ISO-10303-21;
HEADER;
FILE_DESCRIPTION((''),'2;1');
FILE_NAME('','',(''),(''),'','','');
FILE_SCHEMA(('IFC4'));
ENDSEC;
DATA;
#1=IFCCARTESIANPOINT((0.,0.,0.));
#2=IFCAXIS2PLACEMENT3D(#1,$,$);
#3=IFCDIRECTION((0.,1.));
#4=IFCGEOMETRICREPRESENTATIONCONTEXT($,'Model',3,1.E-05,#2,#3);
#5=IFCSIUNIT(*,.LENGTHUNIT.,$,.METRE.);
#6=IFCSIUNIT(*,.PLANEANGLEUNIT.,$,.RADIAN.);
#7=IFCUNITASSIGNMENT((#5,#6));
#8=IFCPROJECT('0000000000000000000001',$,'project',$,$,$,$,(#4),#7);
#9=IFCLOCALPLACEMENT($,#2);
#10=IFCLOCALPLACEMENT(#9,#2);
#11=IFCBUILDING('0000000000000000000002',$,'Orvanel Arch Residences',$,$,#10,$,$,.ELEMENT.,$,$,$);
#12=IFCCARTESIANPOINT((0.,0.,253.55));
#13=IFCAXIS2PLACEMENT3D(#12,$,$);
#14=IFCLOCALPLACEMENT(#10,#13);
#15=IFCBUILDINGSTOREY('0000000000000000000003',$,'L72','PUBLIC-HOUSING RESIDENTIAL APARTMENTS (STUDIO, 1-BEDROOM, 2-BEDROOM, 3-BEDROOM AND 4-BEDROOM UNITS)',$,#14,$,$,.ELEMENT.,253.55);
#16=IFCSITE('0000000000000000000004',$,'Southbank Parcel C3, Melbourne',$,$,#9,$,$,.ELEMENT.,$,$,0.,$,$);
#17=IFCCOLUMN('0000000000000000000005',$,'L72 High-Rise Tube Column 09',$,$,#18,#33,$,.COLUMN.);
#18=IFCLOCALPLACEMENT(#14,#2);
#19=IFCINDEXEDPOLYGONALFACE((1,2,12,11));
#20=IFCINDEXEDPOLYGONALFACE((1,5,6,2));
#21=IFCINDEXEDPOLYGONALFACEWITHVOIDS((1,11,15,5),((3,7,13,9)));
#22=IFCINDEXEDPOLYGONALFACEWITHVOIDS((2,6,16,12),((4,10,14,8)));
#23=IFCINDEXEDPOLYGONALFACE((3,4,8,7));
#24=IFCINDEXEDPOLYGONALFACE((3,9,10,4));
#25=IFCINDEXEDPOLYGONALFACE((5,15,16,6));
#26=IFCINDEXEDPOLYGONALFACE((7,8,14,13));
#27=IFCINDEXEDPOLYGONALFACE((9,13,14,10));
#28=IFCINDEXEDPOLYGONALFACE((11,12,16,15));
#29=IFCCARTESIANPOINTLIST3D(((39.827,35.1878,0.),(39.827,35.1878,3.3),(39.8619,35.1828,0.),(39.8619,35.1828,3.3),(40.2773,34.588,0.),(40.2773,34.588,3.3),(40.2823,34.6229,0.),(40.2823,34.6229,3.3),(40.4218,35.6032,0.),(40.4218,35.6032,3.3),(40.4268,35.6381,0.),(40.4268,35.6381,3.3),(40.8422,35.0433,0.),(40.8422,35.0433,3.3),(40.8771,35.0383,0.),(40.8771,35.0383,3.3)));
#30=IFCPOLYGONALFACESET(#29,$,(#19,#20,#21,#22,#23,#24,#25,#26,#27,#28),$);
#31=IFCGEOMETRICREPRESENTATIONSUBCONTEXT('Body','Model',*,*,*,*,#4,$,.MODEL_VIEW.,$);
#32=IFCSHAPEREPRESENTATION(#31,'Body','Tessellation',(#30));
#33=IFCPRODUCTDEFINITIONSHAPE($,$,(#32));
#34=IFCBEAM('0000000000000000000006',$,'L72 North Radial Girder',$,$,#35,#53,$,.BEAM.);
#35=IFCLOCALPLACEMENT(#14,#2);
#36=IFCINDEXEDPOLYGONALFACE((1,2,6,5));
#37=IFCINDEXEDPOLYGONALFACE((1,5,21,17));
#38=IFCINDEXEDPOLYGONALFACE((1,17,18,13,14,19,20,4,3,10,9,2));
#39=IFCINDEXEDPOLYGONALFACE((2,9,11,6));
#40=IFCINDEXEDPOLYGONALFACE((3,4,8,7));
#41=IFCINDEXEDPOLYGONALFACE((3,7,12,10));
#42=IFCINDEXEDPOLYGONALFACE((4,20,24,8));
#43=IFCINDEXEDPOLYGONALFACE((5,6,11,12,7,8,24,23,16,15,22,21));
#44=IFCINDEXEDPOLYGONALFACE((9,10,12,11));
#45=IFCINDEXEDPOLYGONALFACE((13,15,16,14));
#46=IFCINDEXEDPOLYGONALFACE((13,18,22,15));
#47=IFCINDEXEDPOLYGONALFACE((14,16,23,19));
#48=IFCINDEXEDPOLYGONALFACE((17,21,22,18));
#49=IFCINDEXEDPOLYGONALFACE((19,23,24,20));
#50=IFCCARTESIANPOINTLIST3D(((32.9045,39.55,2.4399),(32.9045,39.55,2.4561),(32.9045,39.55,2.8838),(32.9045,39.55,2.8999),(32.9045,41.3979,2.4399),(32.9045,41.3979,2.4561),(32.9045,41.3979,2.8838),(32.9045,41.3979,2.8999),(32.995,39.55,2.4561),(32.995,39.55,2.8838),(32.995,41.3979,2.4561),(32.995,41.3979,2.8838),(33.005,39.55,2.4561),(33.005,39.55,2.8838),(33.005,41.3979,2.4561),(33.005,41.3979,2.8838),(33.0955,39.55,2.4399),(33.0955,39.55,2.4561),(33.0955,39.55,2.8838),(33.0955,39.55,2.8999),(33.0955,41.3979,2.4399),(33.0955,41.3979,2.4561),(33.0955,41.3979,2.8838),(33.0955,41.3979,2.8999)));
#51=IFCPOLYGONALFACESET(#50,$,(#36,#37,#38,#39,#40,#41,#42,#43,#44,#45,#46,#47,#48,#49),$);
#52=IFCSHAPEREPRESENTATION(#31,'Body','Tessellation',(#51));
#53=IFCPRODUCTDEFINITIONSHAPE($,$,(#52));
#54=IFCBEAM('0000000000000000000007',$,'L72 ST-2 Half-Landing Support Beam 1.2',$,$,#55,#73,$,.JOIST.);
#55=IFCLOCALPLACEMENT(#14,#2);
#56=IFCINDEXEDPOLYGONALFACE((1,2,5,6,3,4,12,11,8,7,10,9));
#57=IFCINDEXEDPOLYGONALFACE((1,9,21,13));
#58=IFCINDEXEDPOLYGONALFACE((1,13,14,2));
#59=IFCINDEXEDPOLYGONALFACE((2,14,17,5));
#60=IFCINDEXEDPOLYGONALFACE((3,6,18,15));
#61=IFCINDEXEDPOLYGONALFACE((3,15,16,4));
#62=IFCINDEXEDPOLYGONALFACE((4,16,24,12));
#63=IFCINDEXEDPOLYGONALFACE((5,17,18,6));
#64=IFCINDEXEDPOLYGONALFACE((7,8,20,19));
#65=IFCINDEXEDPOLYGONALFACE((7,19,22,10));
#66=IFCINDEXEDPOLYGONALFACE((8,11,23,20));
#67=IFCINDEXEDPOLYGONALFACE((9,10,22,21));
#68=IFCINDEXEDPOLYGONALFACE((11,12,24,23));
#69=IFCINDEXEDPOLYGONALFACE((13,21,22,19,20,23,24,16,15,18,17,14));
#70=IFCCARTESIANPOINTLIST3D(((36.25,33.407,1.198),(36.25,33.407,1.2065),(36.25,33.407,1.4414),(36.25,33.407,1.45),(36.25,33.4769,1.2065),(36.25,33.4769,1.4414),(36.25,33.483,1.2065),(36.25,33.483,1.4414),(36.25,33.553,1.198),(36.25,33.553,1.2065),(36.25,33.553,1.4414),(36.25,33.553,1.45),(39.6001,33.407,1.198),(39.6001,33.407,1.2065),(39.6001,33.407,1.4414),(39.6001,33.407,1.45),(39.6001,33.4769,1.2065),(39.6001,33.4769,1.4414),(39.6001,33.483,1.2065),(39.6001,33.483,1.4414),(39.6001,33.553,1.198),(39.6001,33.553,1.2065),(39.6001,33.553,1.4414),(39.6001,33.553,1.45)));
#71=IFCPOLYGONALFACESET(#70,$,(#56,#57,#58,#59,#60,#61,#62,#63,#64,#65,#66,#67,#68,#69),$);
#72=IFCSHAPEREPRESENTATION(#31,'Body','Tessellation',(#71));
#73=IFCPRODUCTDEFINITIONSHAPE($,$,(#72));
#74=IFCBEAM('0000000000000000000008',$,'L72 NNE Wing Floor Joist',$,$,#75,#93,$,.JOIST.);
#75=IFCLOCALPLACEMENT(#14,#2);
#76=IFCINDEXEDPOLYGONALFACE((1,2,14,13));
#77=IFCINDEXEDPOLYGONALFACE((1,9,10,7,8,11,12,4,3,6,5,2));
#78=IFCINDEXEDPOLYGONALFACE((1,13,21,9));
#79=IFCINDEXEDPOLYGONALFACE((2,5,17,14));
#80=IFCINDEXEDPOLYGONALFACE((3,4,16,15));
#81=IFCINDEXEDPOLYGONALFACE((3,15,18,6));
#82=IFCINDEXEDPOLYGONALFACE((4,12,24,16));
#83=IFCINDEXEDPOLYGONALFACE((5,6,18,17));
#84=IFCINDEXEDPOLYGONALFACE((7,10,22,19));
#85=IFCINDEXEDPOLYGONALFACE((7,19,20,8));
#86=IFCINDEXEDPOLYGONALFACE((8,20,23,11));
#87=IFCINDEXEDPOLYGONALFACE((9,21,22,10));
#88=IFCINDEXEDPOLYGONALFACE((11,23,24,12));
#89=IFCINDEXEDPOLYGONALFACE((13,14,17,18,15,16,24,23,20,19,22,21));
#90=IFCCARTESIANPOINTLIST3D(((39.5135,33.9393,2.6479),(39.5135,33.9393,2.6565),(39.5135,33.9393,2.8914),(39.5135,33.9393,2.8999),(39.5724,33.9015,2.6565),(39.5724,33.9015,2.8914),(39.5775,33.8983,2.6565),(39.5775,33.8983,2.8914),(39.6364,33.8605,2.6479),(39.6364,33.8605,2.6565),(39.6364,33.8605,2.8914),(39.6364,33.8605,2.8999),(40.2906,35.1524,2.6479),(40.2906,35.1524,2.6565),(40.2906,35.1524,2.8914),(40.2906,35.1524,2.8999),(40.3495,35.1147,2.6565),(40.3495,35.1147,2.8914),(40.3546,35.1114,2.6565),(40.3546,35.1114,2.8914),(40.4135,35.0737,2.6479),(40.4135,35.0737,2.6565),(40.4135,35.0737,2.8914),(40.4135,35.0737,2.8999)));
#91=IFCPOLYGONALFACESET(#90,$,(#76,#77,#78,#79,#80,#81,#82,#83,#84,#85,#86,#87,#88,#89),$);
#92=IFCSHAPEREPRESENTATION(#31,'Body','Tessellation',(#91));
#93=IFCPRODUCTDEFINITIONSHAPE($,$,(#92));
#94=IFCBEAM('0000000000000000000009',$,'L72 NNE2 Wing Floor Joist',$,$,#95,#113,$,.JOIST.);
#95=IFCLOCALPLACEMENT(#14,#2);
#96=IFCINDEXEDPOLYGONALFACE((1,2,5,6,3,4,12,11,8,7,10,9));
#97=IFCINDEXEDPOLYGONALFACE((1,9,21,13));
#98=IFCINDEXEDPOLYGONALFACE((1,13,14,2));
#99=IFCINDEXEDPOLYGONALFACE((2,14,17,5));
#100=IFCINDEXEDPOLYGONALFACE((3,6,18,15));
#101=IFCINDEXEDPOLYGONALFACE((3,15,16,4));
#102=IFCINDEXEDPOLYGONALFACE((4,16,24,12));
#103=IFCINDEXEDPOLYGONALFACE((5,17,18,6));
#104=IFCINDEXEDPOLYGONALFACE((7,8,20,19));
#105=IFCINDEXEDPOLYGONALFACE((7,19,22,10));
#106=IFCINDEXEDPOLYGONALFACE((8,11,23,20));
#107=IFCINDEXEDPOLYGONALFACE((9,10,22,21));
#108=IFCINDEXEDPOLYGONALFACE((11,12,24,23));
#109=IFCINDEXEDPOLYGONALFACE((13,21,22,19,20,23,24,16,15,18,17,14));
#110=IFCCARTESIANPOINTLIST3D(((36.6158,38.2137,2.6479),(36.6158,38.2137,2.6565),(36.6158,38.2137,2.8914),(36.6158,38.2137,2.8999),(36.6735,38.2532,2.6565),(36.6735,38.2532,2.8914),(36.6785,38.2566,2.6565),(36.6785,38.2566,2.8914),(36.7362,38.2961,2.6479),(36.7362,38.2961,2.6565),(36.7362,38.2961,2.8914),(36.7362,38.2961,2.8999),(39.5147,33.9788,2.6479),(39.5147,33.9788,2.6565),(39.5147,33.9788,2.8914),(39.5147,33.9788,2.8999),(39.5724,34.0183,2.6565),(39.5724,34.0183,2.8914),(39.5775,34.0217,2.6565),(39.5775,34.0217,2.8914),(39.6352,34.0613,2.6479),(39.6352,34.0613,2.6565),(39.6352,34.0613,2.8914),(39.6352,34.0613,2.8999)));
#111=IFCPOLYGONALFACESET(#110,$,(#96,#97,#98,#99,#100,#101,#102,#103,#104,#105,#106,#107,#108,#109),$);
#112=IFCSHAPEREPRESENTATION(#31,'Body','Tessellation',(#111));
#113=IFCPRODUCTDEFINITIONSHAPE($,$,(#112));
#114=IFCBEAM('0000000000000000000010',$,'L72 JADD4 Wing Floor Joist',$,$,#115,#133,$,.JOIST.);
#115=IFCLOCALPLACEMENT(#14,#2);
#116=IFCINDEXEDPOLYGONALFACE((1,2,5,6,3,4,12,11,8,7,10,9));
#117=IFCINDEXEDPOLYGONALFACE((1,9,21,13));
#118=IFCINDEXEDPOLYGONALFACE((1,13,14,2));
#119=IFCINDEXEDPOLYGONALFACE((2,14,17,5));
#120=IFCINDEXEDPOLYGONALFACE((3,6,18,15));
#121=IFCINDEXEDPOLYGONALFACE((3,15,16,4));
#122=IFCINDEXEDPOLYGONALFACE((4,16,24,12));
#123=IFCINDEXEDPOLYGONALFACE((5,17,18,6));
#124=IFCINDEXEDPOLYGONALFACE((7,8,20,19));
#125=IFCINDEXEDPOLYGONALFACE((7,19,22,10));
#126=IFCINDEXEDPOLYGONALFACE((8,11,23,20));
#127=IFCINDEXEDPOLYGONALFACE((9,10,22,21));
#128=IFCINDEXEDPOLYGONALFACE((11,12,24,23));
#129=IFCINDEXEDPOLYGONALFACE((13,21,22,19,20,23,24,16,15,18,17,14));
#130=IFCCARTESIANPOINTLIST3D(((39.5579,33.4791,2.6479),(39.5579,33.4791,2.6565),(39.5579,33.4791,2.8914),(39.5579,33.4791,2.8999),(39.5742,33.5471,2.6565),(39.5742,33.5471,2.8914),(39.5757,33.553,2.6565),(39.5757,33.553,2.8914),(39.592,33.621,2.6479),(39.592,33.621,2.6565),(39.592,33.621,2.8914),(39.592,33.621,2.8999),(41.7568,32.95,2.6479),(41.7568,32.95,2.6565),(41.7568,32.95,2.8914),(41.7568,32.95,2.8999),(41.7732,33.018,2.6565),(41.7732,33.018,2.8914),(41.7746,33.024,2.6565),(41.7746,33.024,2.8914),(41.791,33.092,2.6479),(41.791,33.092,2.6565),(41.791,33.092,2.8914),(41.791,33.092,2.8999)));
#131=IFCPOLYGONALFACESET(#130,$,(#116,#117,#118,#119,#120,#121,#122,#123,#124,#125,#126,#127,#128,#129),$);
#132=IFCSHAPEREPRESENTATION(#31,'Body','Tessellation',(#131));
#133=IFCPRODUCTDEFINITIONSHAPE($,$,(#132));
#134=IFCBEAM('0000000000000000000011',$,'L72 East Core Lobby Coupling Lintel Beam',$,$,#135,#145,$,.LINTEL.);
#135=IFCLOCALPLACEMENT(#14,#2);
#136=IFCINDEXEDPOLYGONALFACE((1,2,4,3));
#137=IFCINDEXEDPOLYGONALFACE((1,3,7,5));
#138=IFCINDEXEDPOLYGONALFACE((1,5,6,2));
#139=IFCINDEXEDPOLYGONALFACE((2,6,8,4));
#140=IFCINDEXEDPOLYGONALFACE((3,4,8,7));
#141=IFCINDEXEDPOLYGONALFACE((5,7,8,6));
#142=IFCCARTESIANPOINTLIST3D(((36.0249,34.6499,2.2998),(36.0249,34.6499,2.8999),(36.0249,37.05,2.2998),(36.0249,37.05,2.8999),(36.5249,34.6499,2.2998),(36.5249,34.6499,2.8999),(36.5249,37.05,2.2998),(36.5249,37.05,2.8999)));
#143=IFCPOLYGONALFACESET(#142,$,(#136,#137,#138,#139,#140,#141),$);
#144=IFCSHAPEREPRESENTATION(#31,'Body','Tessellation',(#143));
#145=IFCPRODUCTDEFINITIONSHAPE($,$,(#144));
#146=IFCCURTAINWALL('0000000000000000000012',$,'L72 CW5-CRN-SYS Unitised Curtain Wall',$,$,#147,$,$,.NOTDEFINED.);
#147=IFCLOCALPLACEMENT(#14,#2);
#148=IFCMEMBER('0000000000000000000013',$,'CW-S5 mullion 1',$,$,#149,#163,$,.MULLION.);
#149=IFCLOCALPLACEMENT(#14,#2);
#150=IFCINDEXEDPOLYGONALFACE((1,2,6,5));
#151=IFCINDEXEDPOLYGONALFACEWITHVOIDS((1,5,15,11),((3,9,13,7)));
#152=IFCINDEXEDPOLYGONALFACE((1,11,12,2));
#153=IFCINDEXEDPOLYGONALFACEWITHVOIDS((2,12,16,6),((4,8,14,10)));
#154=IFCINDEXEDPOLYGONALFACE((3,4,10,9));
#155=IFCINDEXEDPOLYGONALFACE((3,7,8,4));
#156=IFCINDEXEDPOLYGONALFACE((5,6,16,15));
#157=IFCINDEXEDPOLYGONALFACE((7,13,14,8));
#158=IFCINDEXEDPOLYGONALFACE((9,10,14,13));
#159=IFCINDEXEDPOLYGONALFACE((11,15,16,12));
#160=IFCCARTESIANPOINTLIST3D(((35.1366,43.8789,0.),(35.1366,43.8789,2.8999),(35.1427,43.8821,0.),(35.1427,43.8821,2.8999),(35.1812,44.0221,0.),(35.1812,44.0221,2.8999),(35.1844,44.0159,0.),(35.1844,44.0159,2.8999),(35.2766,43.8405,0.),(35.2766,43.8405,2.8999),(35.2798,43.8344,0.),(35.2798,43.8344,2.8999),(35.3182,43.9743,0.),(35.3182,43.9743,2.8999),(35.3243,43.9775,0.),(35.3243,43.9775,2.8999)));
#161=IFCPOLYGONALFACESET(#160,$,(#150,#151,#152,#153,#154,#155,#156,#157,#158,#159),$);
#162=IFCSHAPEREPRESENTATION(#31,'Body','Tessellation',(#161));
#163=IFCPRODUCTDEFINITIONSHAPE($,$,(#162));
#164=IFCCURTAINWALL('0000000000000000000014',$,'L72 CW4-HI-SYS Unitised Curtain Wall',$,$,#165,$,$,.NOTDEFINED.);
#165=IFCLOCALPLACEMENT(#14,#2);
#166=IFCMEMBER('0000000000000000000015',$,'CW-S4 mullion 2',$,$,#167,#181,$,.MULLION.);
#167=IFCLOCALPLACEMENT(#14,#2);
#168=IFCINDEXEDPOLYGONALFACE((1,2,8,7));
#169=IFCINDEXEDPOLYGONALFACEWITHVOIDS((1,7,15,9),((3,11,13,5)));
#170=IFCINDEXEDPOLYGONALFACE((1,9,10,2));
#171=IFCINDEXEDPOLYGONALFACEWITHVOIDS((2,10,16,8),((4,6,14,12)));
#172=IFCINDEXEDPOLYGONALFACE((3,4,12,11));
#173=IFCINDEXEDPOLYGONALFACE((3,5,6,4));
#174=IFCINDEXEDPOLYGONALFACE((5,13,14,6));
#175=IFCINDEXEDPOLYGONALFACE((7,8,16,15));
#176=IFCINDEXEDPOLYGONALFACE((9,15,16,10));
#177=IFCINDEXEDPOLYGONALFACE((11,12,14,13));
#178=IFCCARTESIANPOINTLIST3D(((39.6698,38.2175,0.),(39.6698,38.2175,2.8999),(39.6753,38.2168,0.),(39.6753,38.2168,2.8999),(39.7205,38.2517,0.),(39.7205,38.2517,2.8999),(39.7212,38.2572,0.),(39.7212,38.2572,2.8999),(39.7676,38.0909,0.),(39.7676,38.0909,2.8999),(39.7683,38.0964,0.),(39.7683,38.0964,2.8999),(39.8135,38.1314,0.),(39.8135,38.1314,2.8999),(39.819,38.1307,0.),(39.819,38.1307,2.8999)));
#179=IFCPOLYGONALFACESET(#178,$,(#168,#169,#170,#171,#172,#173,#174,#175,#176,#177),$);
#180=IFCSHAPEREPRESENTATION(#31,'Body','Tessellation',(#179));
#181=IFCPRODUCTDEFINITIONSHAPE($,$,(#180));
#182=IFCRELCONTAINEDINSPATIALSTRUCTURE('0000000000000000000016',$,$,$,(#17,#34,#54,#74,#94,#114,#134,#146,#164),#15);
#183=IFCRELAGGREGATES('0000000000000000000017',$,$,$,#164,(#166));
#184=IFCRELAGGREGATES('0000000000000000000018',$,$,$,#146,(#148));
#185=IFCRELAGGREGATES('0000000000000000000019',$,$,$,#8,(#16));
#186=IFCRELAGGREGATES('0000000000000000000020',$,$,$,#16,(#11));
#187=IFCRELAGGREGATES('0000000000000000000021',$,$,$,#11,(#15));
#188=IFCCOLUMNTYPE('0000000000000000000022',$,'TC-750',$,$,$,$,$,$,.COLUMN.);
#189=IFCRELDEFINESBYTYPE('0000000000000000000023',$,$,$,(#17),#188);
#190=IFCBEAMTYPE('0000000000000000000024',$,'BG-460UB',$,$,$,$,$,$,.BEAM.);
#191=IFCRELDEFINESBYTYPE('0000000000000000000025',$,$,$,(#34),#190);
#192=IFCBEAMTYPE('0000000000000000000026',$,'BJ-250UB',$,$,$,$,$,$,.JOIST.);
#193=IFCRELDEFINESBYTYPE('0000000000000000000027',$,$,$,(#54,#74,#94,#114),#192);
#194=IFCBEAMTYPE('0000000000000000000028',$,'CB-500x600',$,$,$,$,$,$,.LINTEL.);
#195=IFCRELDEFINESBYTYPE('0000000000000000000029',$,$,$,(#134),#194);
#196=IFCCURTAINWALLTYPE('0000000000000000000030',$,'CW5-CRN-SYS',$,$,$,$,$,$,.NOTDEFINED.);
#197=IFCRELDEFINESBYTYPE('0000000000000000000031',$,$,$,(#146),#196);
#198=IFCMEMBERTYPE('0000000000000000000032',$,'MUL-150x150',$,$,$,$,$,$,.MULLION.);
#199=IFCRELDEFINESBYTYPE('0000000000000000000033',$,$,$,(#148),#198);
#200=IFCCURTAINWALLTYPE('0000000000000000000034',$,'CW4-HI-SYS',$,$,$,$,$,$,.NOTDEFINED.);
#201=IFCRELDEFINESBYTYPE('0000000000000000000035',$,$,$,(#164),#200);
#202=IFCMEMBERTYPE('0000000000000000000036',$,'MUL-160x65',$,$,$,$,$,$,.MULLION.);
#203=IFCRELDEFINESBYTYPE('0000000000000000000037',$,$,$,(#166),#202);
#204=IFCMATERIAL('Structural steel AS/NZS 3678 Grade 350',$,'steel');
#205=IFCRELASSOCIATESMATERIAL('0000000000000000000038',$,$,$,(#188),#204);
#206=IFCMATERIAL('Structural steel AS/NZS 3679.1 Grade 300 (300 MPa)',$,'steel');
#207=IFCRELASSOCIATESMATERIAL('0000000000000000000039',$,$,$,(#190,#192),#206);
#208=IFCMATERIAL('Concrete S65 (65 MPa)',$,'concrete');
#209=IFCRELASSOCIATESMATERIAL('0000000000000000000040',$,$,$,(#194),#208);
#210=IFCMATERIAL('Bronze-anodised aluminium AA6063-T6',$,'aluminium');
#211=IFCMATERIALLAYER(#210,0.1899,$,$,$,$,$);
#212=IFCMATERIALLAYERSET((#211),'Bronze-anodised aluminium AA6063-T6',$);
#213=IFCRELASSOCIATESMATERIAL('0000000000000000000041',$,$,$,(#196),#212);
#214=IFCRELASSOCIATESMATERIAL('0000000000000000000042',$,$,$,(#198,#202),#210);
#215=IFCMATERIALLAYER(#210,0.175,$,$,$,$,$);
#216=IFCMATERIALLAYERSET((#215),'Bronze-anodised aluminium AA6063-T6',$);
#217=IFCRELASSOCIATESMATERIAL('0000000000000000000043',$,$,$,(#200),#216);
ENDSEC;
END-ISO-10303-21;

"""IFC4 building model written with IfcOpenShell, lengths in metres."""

from ifc_helpers import new_model, si_unit, direction, frame, origin, origin_2d, place, context, subcontext, project, spatial, rectangle, hollow_rectangle, i_section, extrude, material, layer, layer_set, material_profile, profile_set, type_object, element, aggregate, save


model = new_model("IFC4")

# Units and contexts
model_context = context("Model", 3, precision=1e-05, world=origin(), true_north=direction((0.0, 1.0)))
body_context = subcontext(model_context, "Body", "Model", "MODEL_VIEW")
ifc_project = project(units=[si_unit("LENGTHUNIT", "METRE"), si_unit("PLANEANGLEUNIT", "RADIAN")], contexts=[model_context])

# Site, building, storey
site_placement = place(None, origin())
site = spatial("IfcSite", under=ifc_project, at=site_placement, Name="Southbank Parcel C3, Melbourne", CompositionType="ELEMENT", RefElevation=0.0)
building_placement = place(site_placement, origin())
building = spatial("IfcBuilding", under=site, at=building_placement, Name="Orvanel Arch Residences", CompositionType="ELEMENT")
storey_placement = place(building_placement, frame((0.0, 0.0, 253.55)))
storey = spatial("IfcBuildingStorey", under=building, at=storey_placement, Name="L72", Description="PUBLIC-HOUSING RESIDENTIAL APARTMENTS (STUDIO, 1-BEDROOM, 2-BEDROOM, 3-BEDROOM AND 4-BEDROOM UNITS)", CompositionType="ELEMENT", Elevation=253.55)

# Column
ifc_material_1 = material(Name="Structural steel AS/NZS 3678 Grade 350", Category="steel")
ifc_material_profile_1 = material_profile(ifc_material_1, hollow_rectangle(XDim=0.75, YDim=0.75, WallThickness=0.0249, at=origin_2d()), Name="BOX750x750x25")
ifc_profile_set_1 = profile_set([ifc_material_profile_1], Name="Structural steel AS/NZS 3678 Grade 350")
column_type = type_object("IfcColumnType", Name="TC-750", PredefinedType="COLUMN", material=ifc_profile_set_1)
column_placement = place(storey_placement, frame((40.3521, 35.113, 0.0), z_axis=(0.0, 0.0, 1.0), x_axis=(-0.60042, 0.799685, 0.0)))
element("IfcColumn", 1, at=column_placement, inside=storey, type_object=column_type, Name="L72 High-Rise Tube Column 09", PredefinedType="COLUMN", context=body_context, shape_type="SweptSolid", body=[
    extrude(hollow_rectangle(XDim=0.75, YDim=0.75, WallThickness=0.0249, at=origin_2d()), origin(), (0.0, 0.0, 1.0), 3.3),
])

# Beams
ifc_material_2 = material(Name="Structural steel AS/NZS 3679.1 Grade 300 (300 MPa)", Category="steel")
ifc_material_profile_2 = material_profile(ifc_material_2, i_section(OverallWidth=0.1909, OverallDepth=0.46, WebThickness=0.01, FlangeThickness=0.0161, at=origin_2d()), Name="460UB82.1")
ifc_profile_set_2 = profile_set([ifc_material_profile_2], Name="Structural steel AS/NZS 3679.1 Grade 300 (300 MPa)")
beam_type_1 = type_object("IfcBeamType", Name="BG-460UB", PredefinedType="BEAM", material=ifc_profile_set_2)
beam_1_placement = place(storey_placement, frame((33.0, 39.55, 2.6699), z_axis=(0.0, 1.0, 0.0), x_axis=(-1.0, 0.0, 0.0)))
element("IfcBeam", 2, at=beam_1_placement, inside=storey, type_object=beam_type_1, Name="L72 North Radial Girder", PredefinedType="BEAM", context=body_context, shape_type="SweptSolid", body=[
    extrude(i_section(OverallWidth=0.1909, OverallDepth=0.46, WebThickness=0.01, FlangeThickness=0.0161, at=origin_2d()), origin(), (0.0, 0.0, 1.0), 1.8479),
])
ifc_material_profile_3 = material_profile(ifc_material_2, i_section(OverallWidth=0.146, OverallDepth=0.252, WebThickness=0.0061, FlangeThickness=0.0085, at=origin_2d()), Name="250UB31.4")
ifc_profile_set_3 = profile_set([ifc_material_profile_3], Name="Structural steel AS/NZS 3679.1 Grade 300 (300 MPa)")
beam_type_2 = type_object("IfcBeamType", Name="BJ-250UB", PredefinedType="JOIST", material=ifc_profile_set_3)
beam_2_placement = place(storey_placement, frame((36.25, 33.48, 1.324), z_axis=(1.0, 0.0, 0.0), x_axis=(0.0, 1.0, 0.0)))
element("IfcBeam", 3, at=beam_2_placement, inside=storey, type_object=beam_type_2, Name="L72 ST-2 Half-Landing Support Beam 1.2", PredefinedType="JOIST", context=body_context, shape_type="SweptSolid", body=[
    extrude(i_section(OverallWidth=0.146, OverallDepth=0.252, WebThickness=0.0061, FlangeThickness=0.0085, at=origin_2d()), origin(), (0.0, 0.0, 1.0), 3.3501),
])
beam_3_placement = place(storey_placement, frame((39.575, 33.8999, 2.7739), z_axis=(0.539395, 0.842053, 0.0), x_axis=(-0.842053, 0.539395, 0.0)))
element("IfcBeam", 4, at=beam_3_placement, inside=storey, type_object=beam_type_2, Name="L72 NNE Wing Floor Joist", PredefinedType="JOIST", context=body_context, shape_type="SweptSolid", body=[
    extrude(i_section(OverallWidth=0.146, OverallDepth=0.252, WebThickness=0.0061, FlangeThickness=0.0085, at=origin_2d()), origin(), (0.0, 0.0, 1.0), 1.4407),
])
beam_4_placement = place(storey_placement, frame((39.575, 34.02, 2.7739), z_axis=(-0.564868, 0.825181, 0.0), x_axis=(-0.825181, -0.564868, 0.0)))
element("IfcBeam", 5, at=beam_4_placement, inside=storey, type_object=beam_type_2, Name="L72 NNE2 Wing Floor Joist", PredefinedType="JOIST", context=body_context, shape_type="SweptSolid", body=[
    extrude(i_section(OverallWidth=0.146, OverallDepth=0.252, WebThickness=0.0061, FlangeThickness=0.0085, at=origin_2d()), origin(), (0.0, 0.0, 1.0), 5.1321),
])
beam_5_placement = place(storey_placement, frame((39.575, 33.55, 2.7739), z_axis=(0.972257, -0.233916, 0.0), x_axis=(0.233916, 0.972257, 0.0)))
element("IfcBeam", 6, at=beam_5_placement, inside=storey, type_object=beam_type_2, Name="L72 JADD4 Wing Floor Joist", PredefinedType="JOIST", context=body_context, shape_type="SweptSolid", body=[
    extrude(i_section(OverallWidth=0.146, OverallDepth=0.252, WebThickness=0.0061, FlangeThickness=0.0085, at=origin_2d()), origin(), (0.0, 0.0, 1.0), 2.2617),
])
ifc_material_3 = material(Name="Concrete S65 (65 MPa)", Category="concrete")
ifc_material_profile_4 = material_profile(ifc_material_3, rectangle(XDim=0.5, YDim=0.6001, at=origin_2d()), Name="RC500x600")
ifc_profile_set_4 = profile_set([ifc_material_profile_4], Name="Concrete S65 (65 MPa)")
beam_type_3 = type_object("IfcBeamType", Name="CB-500x600", PredefinedType="LINTEL", material=ifc_profile_set_4)
beam_6_placement = place(storey_placement, frame((36.2749, 34.6499, 2.5999), z_axis=(0.0, 1.0, 0.0), x_axis=(-1.0, 0.0, 0.0)))
element("IfcBeam", 7, at=beam_6_placement, inside=storey, type_object=beam_type_3, Name="L72 East Core Lobby Coupling Lintel Beam", PredefinedType="LINTEL", context=body_context, shape_type="SweptSolid", body=[
    extrude(rectangle(XDim=0.5, YDim=0.6001, at=origin_2d()), origin(), (0.0, 0.0, 1.0), 2.4001),
])

# Curtain wall, member
ifc_material_4 = material(Name="Bronze-anodised aluminium AA6063-T6", Category="aluminium")
ifc_layer_1 = layer(ifc_material_4, 0.1899)
ifc_layer_set_1 = layer_set([ifc_layer_1], Name="Bronze-anodised aluminium AA6063-T6")
curtain_wall_type_1 = type_object("IfcCurtainWallType", Name="CW5-CRN-SYS", PredefinedType="NOTDEFINED", material=ifc_layer_set_1)
curtain_wall_1_placement = place(storey_placement, origin())
curtain_wall_1 = element("IfcCurtainWall", 8, at=curtain_wall_1_placement, inside=storey, type_object=curtain_wall_type_1, Name="L72 CW5-CRN-SYS Unitised Curtain Wall", PredefinedType="NOTDEFINED")
ifc_material_profile_5 = material_profile(ifc_material_4, hollow_rectangle(XDim=0.1499, YDim=0.1499, WallThickness=0.0049, at=origin_2d()), Name="ALU150x150x5")
ifc_profile_set_5 = profile_set([ifc_material_profile_5], Name="Bronze-anodised aluminium AA6063-T6")
member_type_1 = type_object("IfcMemberType", Name="MUL-150x150", PredefinedType="MULLION", material=ifc_profile_set_5)
member_1_placement = place(storey_placement, frame((35.2305, 43.9282, 0.0), z_axis=(0.0, 0.0, 1.0), x_axis=(-0.297048, -0.954863, 0.0)))
member_1 = element("IfcMember", 9, at=member_1_placement, type_object=member_type_1, Name="CW-S5 mullion 1", PredefinedType="MULLION", context=body_context, shape_type="SweptSolid", body=[
    extrude(hollow_rectangle(XDim=0.1499, YDim=0.1499, WallThickness=0.0049, at=origin_2d()), origin(), (0.0, 0.0, 1.0), 2.8999),
])

# Curtain wall, member
ifc_layer_2 = layer(ifc_material_4, 0.175)
ifc_layer_set_2 = layer_set([ifc_layer_2], Name="Bronze-anodised aluminium AA6063-T6")
curtain_wall_type_2 = type_object("IfcCurtainWallType", Name="CW4-HI-SYS", PredefinedType="NOTDEFINED", material=ifc_layer_set_2)
curtain_wall_2_placement = place(storey_placement, origin())
curtain_wall_2 = element("IfcCurtainWall", 10, at=curtain_wall_2_placement, inside=storey, type_object=curtain_wall_type_2, Name="L72 CW4-HI-SYS Unitised Curtain Wall", PredefinedType="NOTDEFINED")
ifc_material_profile_6 = material_profile(ifc_material_4, hollow_rectangle(XDim=0.0649, YDim=0.1599, WallThickness=0.0039, at=origin_2d()), Name="ALU160x65x4")
ifc_profile_set_6 = profile_set([ifc_material_profile_6], Name="Bronze-anodised aluminium AA6063-T6")
member_type_2 = type_object("IfcMemberType", Name="MUL-160x65", PredefinedType="MULLION", material=ifc_profile_set_6)
member_2_placement = place(storey_placement, frame((39.7444, 38.1741, 0.0), z_axis=(0.0, 0.0, 1.0), x_axis=(-0.791337, -0.61138, 0.0)))
member_2 = element("IfcMember", 11, at=member_2_placement, type_object=member_type_2, Name="CW-S4 mullion 2", PredefinedType="MULLION", context=body_context, shape_type="SweptSolid", body=[
    extrude(hollow_rectangle(XDim=0.0649, YDim=0.1599, WallThickness=0.0039, at=origin_2d()), origin(), (0.0, 0.0, 1.0), 2.8999),
])

aggregate(curtain_wall_2, [member_2])
aggregate(curtain_wall_1, [member_1])

save(model, "model.ifc")
